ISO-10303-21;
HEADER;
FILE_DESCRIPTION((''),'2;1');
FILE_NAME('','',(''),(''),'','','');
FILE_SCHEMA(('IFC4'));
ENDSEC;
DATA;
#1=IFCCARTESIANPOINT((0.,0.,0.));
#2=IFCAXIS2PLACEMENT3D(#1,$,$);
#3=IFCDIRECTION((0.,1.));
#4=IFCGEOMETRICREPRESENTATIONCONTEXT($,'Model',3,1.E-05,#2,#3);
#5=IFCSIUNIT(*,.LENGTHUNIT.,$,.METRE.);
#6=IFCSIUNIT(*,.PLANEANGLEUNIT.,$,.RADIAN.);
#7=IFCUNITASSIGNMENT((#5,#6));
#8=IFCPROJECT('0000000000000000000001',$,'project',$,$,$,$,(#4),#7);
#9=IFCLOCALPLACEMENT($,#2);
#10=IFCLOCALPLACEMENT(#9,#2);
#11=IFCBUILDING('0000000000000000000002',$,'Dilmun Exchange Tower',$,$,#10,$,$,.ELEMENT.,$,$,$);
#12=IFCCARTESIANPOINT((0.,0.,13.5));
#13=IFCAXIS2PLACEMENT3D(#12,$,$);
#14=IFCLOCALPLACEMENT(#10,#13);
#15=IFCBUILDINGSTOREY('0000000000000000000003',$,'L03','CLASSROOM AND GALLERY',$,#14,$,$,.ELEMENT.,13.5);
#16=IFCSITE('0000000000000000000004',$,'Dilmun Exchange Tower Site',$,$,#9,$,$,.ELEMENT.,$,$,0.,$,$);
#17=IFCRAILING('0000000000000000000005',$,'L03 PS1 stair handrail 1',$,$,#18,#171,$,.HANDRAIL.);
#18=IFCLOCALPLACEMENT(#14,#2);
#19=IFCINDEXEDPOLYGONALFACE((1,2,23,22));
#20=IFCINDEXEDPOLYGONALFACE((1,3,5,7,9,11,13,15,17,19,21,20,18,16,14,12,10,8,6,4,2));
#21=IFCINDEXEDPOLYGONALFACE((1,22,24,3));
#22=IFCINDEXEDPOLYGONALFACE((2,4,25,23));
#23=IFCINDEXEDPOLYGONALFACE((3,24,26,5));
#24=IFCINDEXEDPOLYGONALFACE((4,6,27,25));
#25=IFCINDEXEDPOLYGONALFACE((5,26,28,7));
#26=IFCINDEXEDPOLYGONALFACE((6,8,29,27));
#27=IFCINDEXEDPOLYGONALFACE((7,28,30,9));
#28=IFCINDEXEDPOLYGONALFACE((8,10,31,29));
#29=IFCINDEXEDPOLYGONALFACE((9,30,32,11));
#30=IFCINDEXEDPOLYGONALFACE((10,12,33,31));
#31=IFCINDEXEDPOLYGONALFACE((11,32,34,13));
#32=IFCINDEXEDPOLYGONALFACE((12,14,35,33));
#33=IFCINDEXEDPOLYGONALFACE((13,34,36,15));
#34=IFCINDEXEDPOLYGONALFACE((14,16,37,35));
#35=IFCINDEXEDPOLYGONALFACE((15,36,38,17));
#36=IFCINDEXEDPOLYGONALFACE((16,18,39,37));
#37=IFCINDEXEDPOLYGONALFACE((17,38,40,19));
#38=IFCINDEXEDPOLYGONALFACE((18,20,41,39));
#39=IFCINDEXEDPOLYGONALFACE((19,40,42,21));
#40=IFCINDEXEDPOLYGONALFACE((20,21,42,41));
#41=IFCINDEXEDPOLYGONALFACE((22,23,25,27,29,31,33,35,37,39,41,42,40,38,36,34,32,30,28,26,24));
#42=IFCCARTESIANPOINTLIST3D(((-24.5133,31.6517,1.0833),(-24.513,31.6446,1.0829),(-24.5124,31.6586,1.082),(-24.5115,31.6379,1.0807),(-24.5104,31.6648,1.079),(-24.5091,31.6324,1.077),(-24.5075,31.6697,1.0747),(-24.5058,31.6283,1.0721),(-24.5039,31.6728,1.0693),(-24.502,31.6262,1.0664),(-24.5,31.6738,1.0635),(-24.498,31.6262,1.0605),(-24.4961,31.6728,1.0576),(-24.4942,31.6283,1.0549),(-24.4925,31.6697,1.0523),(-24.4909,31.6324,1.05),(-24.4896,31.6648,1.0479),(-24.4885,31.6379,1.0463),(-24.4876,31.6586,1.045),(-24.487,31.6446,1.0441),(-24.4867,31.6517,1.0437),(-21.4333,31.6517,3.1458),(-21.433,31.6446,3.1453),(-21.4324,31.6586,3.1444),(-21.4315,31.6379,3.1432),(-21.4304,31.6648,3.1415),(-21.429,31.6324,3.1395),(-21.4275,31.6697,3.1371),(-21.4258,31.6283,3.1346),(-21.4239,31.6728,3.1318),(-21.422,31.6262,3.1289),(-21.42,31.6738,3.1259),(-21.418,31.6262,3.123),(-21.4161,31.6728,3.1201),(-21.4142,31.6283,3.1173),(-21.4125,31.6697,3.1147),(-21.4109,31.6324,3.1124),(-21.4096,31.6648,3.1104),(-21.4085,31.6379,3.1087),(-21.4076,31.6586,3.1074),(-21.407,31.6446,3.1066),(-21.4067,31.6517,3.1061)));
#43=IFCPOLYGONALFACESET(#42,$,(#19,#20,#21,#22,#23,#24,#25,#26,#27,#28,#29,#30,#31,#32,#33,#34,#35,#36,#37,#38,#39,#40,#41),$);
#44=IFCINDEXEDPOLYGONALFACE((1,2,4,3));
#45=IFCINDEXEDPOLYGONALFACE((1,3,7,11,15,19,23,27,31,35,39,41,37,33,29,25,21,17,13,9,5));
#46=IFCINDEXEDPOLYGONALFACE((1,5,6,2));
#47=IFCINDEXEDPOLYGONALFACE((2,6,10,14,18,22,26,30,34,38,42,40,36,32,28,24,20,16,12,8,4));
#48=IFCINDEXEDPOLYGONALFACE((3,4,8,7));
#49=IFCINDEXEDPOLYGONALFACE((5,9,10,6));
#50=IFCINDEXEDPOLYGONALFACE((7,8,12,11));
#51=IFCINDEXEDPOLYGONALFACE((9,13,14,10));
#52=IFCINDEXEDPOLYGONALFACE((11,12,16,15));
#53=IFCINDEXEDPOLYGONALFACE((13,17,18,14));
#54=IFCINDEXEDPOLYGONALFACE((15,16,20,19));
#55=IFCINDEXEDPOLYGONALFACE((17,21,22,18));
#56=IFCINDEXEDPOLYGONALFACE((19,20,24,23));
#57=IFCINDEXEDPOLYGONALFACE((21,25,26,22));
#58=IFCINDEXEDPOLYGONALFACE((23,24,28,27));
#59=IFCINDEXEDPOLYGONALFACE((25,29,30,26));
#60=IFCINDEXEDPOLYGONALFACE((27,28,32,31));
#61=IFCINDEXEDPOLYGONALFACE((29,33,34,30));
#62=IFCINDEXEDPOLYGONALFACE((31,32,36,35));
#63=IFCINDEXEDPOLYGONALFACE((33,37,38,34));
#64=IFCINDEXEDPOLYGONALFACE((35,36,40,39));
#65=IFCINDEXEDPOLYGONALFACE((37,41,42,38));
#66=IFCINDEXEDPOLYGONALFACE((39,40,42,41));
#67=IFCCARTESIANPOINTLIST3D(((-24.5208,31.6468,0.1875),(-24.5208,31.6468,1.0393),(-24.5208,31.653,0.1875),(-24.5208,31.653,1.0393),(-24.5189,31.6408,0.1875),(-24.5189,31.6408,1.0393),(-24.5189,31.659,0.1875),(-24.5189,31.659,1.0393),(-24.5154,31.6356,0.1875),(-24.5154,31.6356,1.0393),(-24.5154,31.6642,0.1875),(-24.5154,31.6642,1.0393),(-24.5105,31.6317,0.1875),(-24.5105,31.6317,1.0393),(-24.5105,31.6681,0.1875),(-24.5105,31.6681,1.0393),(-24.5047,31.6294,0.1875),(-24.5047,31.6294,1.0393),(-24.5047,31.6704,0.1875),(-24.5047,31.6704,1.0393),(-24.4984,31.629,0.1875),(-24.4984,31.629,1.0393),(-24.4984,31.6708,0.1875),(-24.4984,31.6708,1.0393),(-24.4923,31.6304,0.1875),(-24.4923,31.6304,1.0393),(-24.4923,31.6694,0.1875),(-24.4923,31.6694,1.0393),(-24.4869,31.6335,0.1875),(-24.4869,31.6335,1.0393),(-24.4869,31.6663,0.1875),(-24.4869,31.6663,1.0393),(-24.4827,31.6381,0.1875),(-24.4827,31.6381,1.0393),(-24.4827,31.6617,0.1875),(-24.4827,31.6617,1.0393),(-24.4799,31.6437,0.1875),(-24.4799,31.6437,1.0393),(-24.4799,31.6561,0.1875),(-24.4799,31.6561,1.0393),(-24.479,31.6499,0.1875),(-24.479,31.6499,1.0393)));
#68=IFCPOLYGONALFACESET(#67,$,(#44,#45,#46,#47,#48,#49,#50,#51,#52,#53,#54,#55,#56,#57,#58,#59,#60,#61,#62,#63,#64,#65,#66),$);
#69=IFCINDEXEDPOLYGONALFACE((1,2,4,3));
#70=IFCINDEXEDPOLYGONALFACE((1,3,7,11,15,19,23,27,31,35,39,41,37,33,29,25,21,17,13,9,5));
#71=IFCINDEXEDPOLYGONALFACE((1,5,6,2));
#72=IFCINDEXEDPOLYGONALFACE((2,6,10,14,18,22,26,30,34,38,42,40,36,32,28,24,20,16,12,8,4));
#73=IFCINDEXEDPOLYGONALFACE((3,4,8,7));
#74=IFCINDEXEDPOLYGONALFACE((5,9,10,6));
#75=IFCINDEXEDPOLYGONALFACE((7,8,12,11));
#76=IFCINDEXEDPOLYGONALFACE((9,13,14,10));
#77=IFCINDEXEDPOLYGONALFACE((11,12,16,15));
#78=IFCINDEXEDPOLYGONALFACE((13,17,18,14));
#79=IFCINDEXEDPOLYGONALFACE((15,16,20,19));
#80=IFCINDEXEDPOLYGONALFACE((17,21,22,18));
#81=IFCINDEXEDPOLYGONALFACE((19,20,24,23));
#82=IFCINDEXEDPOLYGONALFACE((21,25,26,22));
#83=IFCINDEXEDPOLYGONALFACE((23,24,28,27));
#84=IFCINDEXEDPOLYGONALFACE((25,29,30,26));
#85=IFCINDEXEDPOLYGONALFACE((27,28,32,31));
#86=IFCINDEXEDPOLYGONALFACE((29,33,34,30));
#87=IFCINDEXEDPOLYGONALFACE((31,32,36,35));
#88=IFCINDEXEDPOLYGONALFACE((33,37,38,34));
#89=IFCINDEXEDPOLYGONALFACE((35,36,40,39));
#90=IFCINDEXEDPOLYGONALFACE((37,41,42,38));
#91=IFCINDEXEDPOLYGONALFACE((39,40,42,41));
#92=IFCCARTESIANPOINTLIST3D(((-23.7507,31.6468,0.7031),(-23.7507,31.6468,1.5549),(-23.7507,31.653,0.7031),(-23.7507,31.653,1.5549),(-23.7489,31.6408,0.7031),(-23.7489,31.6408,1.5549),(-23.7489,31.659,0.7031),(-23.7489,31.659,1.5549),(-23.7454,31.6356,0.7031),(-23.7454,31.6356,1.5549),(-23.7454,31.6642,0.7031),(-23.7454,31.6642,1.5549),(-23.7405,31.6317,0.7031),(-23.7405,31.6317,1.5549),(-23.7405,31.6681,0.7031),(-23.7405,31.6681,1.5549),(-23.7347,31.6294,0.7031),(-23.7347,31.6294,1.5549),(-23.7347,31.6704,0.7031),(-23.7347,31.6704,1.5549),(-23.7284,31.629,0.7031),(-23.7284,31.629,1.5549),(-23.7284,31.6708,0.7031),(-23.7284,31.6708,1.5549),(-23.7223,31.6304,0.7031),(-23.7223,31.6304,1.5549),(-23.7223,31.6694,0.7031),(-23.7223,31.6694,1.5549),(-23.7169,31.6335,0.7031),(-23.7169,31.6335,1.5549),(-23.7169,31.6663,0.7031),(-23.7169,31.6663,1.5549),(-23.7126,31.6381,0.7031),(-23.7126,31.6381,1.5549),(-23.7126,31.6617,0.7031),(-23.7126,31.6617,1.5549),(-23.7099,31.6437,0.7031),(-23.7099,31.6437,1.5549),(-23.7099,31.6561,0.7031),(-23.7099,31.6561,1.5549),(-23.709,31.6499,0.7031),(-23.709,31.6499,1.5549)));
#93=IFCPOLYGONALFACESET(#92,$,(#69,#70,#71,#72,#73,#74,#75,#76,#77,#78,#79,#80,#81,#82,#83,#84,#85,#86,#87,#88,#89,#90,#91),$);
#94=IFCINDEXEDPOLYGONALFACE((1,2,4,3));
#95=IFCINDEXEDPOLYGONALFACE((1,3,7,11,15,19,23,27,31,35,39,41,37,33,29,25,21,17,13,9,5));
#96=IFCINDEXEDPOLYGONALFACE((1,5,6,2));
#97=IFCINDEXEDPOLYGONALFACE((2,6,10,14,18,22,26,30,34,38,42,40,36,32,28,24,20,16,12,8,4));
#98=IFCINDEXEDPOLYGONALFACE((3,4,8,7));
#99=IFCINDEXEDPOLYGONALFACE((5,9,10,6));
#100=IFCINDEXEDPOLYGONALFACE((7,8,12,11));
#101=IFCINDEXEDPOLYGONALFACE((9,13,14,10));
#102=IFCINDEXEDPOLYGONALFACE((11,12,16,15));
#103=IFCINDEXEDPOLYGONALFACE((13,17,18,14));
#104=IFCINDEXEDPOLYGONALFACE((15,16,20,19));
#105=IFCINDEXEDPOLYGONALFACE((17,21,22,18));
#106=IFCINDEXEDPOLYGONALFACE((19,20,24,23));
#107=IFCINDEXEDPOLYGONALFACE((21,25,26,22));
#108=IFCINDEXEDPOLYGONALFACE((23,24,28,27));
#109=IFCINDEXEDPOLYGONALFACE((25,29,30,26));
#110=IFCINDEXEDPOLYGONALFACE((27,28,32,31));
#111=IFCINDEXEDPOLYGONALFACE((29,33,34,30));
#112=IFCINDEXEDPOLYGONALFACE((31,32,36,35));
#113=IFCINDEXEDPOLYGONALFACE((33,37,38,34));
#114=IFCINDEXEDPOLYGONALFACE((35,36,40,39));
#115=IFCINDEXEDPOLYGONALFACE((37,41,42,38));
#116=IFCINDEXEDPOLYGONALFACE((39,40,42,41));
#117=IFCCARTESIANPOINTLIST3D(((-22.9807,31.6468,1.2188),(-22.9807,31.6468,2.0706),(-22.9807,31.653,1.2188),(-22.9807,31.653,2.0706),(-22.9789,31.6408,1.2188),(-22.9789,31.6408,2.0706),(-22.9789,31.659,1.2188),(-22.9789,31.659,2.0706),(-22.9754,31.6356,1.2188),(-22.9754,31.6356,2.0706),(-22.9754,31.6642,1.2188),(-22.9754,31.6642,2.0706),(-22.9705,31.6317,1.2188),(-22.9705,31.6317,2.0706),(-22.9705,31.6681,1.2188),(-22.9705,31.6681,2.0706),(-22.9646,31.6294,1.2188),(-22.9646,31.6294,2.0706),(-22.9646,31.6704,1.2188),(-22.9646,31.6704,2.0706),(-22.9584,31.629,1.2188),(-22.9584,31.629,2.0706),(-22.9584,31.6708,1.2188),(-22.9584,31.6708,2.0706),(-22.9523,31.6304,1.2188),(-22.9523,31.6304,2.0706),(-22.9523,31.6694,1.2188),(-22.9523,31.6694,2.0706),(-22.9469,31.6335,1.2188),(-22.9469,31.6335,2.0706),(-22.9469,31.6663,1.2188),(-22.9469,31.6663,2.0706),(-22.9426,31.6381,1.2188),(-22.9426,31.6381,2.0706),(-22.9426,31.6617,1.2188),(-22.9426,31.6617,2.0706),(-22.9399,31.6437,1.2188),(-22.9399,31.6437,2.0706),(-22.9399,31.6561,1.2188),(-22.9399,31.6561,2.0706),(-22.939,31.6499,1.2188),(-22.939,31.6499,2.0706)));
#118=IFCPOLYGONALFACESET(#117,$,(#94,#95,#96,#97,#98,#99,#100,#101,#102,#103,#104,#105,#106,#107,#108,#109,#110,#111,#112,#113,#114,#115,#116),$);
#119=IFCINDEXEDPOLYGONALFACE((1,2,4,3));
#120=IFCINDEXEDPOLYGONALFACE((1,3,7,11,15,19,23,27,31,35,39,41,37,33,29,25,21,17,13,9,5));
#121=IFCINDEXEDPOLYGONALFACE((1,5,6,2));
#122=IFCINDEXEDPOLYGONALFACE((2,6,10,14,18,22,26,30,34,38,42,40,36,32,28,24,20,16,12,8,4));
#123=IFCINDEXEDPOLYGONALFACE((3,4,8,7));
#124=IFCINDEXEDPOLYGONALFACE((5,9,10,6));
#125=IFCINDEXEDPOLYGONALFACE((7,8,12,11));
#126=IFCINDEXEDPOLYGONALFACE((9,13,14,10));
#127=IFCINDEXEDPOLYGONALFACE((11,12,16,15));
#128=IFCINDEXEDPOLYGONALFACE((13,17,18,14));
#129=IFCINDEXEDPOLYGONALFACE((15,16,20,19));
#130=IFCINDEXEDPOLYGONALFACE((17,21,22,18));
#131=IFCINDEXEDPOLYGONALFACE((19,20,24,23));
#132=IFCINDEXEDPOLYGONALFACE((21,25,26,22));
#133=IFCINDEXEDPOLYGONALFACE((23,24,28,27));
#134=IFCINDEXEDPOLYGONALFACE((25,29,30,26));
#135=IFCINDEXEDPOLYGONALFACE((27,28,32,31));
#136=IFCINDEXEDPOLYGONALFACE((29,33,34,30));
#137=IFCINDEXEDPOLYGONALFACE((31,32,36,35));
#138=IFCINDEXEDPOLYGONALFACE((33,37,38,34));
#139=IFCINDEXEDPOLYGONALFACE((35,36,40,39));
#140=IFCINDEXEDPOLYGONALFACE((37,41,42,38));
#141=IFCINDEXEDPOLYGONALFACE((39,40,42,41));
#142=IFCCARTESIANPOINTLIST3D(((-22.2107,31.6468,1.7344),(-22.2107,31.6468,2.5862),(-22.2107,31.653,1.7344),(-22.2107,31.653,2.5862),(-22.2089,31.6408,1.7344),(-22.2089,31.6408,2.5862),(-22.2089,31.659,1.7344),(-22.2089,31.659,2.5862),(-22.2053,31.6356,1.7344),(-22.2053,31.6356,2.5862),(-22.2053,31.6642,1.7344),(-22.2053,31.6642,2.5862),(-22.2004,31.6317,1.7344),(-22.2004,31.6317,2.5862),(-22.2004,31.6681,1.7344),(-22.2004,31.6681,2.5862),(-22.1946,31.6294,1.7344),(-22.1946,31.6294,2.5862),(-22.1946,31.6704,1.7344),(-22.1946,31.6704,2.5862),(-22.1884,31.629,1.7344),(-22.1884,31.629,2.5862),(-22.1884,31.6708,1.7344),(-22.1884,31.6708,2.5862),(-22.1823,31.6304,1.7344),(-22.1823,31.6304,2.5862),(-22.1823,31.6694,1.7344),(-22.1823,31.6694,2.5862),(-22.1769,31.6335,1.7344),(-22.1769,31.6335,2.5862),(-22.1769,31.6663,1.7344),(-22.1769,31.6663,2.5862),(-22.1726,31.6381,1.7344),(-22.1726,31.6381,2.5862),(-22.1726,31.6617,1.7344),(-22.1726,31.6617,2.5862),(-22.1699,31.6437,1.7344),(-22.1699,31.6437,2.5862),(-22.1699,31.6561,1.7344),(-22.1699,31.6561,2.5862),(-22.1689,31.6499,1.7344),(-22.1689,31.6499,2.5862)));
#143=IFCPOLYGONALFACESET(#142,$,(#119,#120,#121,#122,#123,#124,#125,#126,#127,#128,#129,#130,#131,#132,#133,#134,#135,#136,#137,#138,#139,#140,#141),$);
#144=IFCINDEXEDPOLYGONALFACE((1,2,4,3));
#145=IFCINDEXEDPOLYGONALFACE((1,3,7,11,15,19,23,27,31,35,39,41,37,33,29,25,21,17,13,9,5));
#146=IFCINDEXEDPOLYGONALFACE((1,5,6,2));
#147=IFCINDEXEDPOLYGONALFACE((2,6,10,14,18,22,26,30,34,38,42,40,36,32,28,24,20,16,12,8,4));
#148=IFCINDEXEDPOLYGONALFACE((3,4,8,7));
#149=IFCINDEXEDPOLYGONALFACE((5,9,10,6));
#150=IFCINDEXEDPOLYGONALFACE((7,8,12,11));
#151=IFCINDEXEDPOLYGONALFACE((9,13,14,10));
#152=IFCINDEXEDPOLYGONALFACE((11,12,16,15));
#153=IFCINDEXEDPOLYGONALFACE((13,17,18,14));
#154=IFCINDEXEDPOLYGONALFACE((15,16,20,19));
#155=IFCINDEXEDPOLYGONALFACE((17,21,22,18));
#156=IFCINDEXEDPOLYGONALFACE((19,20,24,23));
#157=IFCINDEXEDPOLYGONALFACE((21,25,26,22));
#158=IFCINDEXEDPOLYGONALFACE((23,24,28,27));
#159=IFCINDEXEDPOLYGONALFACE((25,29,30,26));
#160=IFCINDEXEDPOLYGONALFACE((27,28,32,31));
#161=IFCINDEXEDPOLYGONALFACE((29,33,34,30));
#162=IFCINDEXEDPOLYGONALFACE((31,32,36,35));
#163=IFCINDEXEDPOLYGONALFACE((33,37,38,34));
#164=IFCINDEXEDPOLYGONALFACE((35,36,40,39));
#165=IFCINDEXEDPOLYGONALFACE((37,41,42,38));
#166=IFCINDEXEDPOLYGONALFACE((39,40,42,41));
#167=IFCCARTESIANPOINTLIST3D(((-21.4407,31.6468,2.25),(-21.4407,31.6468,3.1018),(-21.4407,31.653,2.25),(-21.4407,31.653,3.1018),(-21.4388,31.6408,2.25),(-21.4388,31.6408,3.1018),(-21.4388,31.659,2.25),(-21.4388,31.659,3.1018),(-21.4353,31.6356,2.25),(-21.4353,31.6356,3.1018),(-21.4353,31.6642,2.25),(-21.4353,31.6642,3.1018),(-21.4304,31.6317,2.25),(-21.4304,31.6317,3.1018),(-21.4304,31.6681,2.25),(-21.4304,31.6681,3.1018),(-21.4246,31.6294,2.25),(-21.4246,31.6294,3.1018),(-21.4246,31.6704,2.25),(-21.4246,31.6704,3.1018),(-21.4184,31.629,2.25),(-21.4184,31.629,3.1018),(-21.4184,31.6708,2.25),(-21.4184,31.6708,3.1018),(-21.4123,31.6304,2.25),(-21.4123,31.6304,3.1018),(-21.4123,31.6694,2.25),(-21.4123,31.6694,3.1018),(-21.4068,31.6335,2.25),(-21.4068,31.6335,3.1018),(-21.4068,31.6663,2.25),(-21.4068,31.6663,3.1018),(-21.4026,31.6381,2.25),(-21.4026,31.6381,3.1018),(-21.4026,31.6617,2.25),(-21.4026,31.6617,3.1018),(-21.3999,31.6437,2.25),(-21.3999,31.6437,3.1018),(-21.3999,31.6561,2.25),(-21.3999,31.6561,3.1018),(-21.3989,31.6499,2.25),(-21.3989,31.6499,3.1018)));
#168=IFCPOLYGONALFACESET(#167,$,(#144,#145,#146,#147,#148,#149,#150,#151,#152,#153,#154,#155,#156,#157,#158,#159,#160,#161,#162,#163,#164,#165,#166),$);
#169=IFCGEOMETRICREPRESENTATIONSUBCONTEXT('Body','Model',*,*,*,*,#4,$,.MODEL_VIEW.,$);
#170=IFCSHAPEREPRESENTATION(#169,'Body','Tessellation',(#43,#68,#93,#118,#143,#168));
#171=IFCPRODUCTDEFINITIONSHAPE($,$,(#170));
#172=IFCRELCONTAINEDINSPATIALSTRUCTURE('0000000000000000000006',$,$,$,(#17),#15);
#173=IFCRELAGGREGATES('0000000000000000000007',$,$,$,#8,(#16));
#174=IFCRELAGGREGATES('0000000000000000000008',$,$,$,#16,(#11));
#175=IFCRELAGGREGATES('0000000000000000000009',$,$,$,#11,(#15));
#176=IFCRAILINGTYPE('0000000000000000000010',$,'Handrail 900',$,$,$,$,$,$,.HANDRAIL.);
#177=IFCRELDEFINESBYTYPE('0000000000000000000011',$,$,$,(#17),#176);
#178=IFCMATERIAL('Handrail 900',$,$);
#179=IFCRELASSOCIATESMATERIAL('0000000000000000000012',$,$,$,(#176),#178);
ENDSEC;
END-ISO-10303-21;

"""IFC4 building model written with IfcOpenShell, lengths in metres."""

from ifc_helpers import new_model, si_unit, direction, frame, origin, origin_2d, place, context, subcontext, project, spatial, circle, extrude, material, type_object, element, save


model = new_model("IFC4")

# Units and contexts
model_context = context("Model", 3, precision=1e-05, world=origin(), true_north=direction((0.0, 1.0)))
body_context = subcontext(model_context, "Body", "Model", "MODEL_VIEW")
ifc_project = project(units=[si_unit("LENGTHUNIT", "METRE"), si_unit("PLANEANGLEUNIT", "RADIAN")], contexts=[model_context])

# Site, building, storey
site_placement = place(None, origin())
site = spatial("IfcSite", under=ifc_project, at=site_placement, Name="Dilmun Exchange Tower Site", CompositionType="ELEMENT", RefElevation=0.0)
building_placement = place(site_placement, origin())
building = spatial("IfcBuilding", under=site, at=building_placement, Name="Dilmun Exchange Tower", CompositionType="ELEMENT")
storey_placement = place(building_placement, frame((0.0, 0.0, 13.5)))
storey = spatial("IfcBuildingStorey", under=building, at=storey_placement, Name="L03", Description="CLASSROOM AND GALLERY", CompositionType="ELEMENT", Elevation=13.5)

# Railing
ifc_material_1 = material(Name="Handrail 900")
railing_type_1 = type_object("IfcRailingType", Name="Handrail 900", PredefinedType="HANDRAIL", material=ifc_material_1)
railing_1_placement = place(storey_placement, frame((-24.5, 31.6499, 0.1875)))
element("IfcRailing", 1, at=railing_1_placement, inside=storey, type_object=railing_type_1, Name="L03 PS1 stair handrail 1", PredefinedType="HANDRAIL", context=body_context, shape_type="SweptSolid", body=[
    extrude(circle(Radius=0.0239, at=origin_2d()), frame((0.0, 0.0, 0.876), z_axis=(0.830914, 0.0, 0.556401), x_axis=(0.0, 1.0, 0.0)), (0.0, 0.0, 1.0), 3.7068),
    extrude(circle(Radius=0.021, at=origin_2d()), origin(), (0.0, 0.0, 1.0), 0.8518),
    extrude(circle(Radius=0.021, at=origin_2d()), frame((0.77, 0.0, 0.5156)), (0.0, 0.0, 1.0), 0.8518),
    extrude(circle(Radius=0.021, at=origin_2d()), frame((1.54, 0.0, 1.0312)), (0.0, 0.0, 1.0), 0.8518),
    extrude(circle(Radius=0.021, at=origin_2d()), frame((2.3101, 0.0, 1.5469)), (0.0, 0.0, 1.0), 0.8518),
    extrude(circle(Radius=0.021, at=origin_2d()), frame((3.0801, 0.0, 2.0625)), (0.0, 0.0, 1.0), 0.8518),
])

save(model, "model.ifc")
